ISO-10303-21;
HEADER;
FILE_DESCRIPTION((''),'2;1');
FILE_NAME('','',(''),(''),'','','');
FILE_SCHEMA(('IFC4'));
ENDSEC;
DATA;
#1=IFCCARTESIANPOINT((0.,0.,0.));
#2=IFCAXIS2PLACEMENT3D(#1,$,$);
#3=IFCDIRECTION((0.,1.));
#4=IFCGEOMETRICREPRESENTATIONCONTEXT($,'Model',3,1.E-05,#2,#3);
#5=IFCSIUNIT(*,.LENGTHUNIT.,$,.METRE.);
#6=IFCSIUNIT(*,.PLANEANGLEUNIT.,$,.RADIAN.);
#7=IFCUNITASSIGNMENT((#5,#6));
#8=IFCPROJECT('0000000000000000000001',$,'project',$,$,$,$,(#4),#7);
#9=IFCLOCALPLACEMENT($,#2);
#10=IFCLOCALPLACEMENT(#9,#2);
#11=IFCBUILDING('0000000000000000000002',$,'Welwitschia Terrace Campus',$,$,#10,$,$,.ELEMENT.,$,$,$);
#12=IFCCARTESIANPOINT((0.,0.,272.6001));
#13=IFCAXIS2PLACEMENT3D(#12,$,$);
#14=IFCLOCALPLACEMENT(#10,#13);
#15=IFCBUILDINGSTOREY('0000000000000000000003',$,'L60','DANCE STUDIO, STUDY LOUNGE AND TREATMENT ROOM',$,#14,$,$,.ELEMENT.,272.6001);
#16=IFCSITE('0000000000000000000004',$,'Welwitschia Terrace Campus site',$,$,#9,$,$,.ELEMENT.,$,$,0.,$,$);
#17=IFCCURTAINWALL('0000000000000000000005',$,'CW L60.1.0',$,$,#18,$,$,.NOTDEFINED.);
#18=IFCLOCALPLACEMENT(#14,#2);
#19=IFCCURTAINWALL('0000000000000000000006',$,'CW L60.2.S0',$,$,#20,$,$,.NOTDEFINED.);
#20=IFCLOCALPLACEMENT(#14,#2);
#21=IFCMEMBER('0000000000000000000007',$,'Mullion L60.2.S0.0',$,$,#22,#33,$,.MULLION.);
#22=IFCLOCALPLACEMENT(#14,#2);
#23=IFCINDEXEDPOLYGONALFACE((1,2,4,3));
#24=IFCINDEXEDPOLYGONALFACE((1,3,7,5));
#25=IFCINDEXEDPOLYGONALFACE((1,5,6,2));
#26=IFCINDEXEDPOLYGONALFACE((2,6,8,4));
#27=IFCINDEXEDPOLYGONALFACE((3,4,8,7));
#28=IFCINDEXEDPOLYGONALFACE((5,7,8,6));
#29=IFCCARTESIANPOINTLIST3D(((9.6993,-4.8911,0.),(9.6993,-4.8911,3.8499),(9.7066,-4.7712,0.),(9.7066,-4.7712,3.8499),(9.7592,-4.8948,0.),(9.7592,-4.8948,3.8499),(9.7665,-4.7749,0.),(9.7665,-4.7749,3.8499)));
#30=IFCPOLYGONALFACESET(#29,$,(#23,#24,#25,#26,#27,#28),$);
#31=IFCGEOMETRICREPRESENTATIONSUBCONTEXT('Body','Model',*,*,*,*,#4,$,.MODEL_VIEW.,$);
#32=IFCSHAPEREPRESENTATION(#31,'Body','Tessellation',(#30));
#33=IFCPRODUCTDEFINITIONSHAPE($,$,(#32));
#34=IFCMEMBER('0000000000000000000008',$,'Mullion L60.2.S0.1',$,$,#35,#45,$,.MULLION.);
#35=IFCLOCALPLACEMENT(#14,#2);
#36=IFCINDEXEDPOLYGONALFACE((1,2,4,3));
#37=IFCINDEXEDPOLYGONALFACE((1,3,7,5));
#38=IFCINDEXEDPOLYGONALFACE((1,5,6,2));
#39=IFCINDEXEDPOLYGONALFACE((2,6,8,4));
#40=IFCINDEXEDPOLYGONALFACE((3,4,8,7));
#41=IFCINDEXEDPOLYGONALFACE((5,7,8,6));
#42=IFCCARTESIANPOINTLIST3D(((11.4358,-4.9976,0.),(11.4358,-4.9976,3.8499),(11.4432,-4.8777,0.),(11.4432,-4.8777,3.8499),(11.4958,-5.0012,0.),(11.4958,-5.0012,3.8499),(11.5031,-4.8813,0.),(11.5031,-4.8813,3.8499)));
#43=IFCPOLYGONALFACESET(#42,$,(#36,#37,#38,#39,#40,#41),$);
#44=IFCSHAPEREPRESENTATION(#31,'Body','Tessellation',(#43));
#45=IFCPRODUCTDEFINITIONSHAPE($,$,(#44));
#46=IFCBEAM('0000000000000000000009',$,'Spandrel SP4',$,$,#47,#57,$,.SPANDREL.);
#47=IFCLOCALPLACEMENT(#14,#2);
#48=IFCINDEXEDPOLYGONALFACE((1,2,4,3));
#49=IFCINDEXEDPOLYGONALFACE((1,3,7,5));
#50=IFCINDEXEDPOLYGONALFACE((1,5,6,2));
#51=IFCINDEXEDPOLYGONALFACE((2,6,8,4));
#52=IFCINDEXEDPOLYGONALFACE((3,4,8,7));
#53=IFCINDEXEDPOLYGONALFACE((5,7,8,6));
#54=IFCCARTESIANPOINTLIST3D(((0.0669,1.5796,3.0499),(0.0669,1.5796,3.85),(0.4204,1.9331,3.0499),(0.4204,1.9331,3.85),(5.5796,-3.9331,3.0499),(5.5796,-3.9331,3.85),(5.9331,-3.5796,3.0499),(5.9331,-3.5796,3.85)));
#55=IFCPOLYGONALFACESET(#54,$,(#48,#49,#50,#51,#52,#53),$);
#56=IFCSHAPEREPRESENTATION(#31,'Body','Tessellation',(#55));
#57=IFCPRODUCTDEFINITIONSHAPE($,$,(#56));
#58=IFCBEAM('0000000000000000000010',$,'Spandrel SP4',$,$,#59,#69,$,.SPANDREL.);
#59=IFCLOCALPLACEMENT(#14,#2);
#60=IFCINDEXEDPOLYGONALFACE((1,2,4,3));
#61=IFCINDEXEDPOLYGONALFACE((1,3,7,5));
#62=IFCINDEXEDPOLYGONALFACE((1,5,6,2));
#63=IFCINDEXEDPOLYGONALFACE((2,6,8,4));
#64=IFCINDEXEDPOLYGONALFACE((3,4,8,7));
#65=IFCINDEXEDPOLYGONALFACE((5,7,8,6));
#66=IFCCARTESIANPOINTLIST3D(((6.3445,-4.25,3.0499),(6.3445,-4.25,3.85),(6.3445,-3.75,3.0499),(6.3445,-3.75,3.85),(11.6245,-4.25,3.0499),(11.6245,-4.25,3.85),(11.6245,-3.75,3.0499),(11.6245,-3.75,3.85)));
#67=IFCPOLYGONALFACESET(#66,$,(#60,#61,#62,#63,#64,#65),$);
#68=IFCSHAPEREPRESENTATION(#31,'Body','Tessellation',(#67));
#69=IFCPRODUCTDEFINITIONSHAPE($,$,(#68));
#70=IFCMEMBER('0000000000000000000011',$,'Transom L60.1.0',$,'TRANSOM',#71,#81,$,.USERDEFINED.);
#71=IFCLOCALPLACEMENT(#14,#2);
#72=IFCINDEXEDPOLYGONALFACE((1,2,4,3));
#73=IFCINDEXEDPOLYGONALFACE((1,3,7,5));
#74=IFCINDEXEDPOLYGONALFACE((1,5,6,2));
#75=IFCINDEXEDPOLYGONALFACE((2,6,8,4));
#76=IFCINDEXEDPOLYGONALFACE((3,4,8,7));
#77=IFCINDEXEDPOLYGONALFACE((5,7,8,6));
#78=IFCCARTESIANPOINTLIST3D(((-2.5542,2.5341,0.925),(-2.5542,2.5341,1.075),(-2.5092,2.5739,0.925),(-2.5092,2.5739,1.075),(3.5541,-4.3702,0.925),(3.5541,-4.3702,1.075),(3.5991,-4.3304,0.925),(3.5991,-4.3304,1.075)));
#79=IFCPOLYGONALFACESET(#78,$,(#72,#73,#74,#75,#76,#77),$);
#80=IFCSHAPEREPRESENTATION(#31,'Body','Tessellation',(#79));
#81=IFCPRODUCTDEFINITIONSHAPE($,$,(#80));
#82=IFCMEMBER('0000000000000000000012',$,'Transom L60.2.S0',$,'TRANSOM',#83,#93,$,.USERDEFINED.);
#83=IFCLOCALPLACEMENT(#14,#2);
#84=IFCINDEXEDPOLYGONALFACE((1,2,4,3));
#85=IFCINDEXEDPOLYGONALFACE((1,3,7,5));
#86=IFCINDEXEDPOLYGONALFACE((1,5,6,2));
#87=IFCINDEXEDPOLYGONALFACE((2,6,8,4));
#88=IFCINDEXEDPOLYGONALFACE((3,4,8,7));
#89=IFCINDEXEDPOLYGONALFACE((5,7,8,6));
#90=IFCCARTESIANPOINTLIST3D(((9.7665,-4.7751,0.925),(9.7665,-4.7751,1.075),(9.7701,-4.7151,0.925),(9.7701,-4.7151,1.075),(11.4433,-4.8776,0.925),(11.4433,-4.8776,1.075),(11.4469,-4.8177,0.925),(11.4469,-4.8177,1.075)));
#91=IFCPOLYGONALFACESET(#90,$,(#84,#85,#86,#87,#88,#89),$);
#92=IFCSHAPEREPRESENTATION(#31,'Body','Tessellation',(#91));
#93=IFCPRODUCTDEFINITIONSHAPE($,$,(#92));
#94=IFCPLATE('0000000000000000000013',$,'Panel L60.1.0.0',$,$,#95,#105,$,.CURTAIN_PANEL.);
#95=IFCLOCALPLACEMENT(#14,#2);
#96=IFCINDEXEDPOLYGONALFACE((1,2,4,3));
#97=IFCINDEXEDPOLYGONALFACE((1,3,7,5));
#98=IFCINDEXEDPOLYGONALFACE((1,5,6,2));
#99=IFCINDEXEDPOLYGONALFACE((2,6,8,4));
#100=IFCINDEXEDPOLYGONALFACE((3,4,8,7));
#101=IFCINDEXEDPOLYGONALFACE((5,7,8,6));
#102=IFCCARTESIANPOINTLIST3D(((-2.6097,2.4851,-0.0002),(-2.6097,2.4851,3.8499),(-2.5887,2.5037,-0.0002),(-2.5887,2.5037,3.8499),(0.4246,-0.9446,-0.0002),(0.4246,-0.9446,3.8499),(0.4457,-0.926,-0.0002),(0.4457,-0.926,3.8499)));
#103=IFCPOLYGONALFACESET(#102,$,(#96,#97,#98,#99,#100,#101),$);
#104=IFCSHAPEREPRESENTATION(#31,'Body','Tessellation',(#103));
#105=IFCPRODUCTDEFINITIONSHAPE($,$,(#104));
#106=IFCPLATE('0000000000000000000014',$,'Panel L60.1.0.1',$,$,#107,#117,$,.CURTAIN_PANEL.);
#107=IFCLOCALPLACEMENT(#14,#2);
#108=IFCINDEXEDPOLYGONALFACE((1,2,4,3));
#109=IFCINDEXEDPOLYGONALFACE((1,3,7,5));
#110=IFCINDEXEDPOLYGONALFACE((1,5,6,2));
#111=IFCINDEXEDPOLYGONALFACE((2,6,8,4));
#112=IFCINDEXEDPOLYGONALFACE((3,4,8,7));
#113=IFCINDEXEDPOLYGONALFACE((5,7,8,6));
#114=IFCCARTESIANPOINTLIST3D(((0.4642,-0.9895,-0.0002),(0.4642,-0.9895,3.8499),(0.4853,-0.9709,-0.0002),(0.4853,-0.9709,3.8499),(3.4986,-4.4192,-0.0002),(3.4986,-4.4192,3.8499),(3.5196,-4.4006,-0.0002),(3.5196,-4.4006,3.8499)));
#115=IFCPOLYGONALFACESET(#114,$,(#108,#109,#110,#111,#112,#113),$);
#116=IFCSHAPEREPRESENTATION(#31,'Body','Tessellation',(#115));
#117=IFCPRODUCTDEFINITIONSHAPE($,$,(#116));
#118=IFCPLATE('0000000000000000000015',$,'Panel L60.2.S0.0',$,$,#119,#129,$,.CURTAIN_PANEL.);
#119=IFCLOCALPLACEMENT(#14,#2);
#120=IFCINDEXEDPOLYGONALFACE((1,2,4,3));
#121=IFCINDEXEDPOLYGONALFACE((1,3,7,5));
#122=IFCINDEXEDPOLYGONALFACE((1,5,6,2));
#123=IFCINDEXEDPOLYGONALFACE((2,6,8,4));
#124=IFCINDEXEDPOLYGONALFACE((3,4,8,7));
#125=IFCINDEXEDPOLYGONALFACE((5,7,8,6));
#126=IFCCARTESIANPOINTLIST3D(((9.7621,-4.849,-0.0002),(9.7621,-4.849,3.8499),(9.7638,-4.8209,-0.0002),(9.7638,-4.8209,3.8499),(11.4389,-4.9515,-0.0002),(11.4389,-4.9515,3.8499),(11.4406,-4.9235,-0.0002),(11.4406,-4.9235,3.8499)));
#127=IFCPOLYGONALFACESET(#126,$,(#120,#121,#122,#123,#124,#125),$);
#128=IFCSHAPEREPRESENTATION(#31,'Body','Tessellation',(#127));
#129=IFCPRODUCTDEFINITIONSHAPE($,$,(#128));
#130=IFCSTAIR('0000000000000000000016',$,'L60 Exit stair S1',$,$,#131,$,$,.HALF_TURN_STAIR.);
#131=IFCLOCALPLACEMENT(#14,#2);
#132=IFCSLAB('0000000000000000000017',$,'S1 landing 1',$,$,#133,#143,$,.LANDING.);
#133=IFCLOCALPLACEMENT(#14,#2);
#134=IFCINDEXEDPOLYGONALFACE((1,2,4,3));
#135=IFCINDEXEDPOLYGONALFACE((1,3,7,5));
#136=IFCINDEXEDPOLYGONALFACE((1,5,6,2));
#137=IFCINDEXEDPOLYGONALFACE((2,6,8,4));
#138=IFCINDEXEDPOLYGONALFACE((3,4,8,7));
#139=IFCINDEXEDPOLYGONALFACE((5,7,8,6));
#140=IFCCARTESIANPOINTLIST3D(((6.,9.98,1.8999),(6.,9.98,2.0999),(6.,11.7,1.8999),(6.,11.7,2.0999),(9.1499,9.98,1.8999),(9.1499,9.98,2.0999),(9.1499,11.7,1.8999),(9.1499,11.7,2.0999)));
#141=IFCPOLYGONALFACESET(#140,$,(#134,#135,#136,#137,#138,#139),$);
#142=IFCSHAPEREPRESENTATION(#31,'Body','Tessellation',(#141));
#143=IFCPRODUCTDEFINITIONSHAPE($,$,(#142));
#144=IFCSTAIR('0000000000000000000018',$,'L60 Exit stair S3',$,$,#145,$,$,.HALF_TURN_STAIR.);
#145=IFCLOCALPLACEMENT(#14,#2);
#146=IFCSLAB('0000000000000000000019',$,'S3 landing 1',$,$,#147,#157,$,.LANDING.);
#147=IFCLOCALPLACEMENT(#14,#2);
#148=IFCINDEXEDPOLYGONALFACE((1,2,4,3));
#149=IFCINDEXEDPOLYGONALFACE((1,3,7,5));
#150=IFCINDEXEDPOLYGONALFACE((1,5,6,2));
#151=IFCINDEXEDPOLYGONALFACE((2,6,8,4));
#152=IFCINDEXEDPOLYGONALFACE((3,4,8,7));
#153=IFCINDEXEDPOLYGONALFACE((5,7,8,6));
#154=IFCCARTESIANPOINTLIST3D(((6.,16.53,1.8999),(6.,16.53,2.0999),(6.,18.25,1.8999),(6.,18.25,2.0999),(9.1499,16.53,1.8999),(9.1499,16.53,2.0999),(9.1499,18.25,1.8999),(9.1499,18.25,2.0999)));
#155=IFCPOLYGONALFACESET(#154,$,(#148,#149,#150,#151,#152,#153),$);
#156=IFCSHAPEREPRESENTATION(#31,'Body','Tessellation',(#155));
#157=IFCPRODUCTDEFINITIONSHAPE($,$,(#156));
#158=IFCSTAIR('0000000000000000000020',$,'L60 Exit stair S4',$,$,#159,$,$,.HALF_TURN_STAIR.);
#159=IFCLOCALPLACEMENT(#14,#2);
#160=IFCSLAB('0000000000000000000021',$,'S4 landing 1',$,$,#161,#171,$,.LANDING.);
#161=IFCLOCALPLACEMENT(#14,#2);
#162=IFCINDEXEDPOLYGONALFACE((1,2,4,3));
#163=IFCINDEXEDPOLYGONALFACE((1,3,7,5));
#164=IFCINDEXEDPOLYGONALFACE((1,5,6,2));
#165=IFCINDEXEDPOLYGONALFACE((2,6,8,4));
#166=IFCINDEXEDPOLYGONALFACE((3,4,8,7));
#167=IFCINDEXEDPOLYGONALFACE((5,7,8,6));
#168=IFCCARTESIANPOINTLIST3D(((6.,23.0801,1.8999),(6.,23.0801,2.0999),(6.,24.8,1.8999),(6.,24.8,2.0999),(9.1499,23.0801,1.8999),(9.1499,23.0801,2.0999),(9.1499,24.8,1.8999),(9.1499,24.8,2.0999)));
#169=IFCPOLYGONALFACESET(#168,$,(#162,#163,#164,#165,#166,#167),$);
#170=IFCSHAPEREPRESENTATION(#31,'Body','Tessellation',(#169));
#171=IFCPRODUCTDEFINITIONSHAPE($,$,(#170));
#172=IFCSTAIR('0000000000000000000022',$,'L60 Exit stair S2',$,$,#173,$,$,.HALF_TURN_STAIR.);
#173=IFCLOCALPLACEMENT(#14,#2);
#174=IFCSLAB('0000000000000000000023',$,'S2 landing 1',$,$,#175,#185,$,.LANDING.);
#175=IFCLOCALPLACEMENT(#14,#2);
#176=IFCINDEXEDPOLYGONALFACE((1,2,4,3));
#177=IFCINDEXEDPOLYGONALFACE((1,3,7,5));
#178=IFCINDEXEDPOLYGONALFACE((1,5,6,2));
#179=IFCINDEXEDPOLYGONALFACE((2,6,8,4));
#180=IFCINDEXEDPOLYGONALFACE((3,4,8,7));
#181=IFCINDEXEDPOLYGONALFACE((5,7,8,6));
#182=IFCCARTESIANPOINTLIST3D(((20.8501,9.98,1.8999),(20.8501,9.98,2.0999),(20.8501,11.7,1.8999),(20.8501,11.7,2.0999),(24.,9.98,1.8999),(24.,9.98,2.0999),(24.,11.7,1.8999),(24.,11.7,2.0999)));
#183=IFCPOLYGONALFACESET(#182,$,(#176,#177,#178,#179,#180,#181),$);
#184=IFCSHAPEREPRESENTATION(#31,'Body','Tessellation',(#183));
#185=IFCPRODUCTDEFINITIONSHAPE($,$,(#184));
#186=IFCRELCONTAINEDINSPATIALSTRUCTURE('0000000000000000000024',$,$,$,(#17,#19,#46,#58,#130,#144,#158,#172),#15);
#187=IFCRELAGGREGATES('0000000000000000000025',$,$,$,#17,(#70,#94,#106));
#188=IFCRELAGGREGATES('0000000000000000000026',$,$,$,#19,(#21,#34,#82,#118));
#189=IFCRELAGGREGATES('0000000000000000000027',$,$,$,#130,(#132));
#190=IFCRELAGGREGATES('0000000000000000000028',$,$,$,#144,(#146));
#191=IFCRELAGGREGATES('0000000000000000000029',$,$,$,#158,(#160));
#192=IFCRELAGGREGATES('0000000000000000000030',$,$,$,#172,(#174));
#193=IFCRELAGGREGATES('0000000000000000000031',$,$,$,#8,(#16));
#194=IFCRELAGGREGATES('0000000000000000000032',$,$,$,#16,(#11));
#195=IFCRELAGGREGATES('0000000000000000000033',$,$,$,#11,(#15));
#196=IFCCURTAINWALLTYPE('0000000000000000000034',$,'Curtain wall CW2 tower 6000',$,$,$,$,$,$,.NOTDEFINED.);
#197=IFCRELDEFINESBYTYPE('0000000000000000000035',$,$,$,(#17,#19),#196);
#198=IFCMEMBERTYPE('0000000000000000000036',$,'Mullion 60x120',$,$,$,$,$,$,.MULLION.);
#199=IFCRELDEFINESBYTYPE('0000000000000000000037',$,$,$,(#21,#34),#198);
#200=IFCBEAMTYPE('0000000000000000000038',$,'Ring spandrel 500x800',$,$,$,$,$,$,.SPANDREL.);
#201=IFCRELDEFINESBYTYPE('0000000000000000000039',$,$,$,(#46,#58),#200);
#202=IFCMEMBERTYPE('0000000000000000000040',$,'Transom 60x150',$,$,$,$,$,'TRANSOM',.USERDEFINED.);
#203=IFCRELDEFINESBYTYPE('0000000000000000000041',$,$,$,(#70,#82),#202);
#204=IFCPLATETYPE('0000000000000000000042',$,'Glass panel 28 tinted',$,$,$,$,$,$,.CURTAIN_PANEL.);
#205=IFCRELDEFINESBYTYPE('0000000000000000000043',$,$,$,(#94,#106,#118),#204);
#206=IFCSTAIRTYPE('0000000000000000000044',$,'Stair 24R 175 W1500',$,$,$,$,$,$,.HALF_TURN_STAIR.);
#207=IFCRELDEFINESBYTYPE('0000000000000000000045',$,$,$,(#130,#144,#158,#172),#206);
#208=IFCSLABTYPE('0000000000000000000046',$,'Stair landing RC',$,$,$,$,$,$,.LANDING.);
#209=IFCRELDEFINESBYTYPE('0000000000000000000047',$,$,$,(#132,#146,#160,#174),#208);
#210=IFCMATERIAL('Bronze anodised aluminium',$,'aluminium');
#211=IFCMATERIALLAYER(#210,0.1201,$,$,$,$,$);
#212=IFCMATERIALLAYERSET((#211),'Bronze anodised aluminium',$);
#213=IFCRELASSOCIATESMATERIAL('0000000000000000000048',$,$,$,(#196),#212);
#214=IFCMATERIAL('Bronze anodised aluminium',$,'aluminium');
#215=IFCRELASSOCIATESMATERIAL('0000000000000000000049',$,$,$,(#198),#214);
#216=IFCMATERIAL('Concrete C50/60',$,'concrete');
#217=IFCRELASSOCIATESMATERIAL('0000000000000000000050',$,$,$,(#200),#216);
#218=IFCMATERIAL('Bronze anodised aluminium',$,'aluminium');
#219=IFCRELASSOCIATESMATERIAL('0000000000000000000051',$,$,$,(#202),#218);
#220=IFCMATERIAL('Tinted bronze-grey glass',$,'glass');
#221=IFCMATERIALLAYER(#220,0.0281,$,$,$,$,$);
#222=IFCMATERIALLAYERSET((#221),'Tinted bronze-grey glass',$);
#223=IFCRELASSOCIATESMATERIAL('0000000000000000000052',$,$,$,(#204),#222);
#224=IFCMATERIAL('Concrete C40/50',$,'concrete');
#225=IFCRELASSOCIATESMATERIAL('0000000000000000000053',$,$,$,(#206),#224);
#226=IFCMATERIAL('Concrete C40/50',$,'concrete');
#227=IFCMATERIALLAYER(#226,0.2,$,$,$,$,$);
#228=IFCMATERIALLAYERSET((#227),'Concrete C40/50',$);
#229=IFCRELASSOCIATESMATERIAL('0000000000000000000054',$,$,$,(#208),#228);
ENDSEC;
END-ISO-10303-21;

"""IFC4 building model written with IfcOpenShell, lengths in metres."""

from ifc_helpers import new_model, si_unit, direction, frame, origin, origin_2d, place, context, subcontext, project, spatial, polyline, rectangle, outline, extrude, material, layer, layer_set, material_profile, profile_set, type_object, element, aggregate, save


model = new_model("IFC4")

# Units and contexts
model_context = context("Model", 3, precision=1e-05, world=origin(), true_north=direction((0.0, 1.0)))
body_context = subcontext(model_context, "Body", "Model", "MODEL_VIEW")
ifc_project = project(units=[si_unit("LENGTHUNIT", "METRE"), si_unit("PLANEANGLEUNIT", "RADIAN")], contexts=[model_context])

# Site, building, storey
site_placement = place(None, origin())
site = spatial("IfcSite", under=ifc_project, at=site_placement, Name="Welwitschia Terrace Campus site", CompositionType="ELEMENT", RefElevation=0.0)
building_placement = place(site_placement, origin())
building = spatial("IfcBuilding", under=site, at=building_placement, Name="Welwitschia Terrace Campus", CompositionType="ELEMENT")
storey_placement = place(building_placement, frame((0.0, 0.0, 272.6001)))
storey = spatial("IfcBuildingStorey", under=building, at=storey_placement, Name="L60", Description="DANCE STUDIO, STUDY LOUNGE AND TREATMENT ROOM", CompositionType="ELEMENT", Elevation=272.6001)

# Shared definitions
ifc_material_1 = material(Name="Bronze anodised aluminium", Category="aluminium")
ifc_layer_1 = layer(ifc_material_1, 0.1201)
ifc_layer_set_1 = layer_set([ifc_layer_1], Name="Bronze anodised aluminium")
curtain_wall_type = type_object("IfcCurtainWallType", Name="Curtain wall CW2 tower 6000", PredefinedType="NOTDEFINED", material=ifc_layer_set_1)
ifc_material_2 = material(Name="Bronze anodised aluminium", Category="aluminium")
ifc_material_profile_1 = material_profile(ifc_material_2, rectangle(XDim=0.1201, YDim=0.0601, at=origin_2d()))
ifc_profile_set_1 = profile_set([ifc_material_profile_1], Name="Bronze anodised aluminium")
member_type_1 = type_object("IfcMemberType", Name="Mullion 60x120", PredefinedType="MULLION", material=ifc_profile_set_1)

# Curtain walls, members
curtain_wall_1_placement = place(storey_placement, origin())
curtain_wall_1 = element("IfcCurtainWall", 1, at=curtain_wall_1_placement, inside=storey, type_object=curtain_wall_type, Name="CW L60.1.0", PredefinedType="NOTDEFINED")
curtain_wall_2_placement = place(storey_placement, origin())
curtain_wall_2 = element("IfcCurtainWall", 2, at=curtain_wall_2_placement, inside=storey, type_object=curtain_wall_type, Name="CW L60.2.S0", PredefinedType="NOTDEFINED")
member_1_placement = place(storey_placement, frame((9.7329, -4.833, 0.0), z_axis=(0.0, 0.0, 1.0), x_axis=(0.061049, 0.998135, 0.0)))
member_1 = element("IfcMember", 3, at=member_1_placement, type_object=member_type_1, Name="Mullion L60.2.S0.0", PredefinedType="MULLION", context=body_context, shape_type="SweptSolid", body=[
    extrude(rectangle(XDim=0.1201, YDim=0.0601, at=origin_2d()), origin(), (0.0, 0.0, 1.0), 3.8499),
])
member_2_placement = place(storey_placement, frame((11.4695, -4.9395, 0.0), z_axis=(0.0, 0.0, 1.0), x_axis=(0.061049, 0.998135, 0.0)))
member_2 = element("IfcMember", 4, at=member_2_placement, type_object=member_type_1, Name="Mullion L60.2.S0.1", PredefinedType="MULLION", context=body_context, shape_type="SweptSolid", body=[
    extrude(rectangle(XDim=0.1201, YDim=0.0601, at=origin_2d()), origin(), (0.0, 0.0, 1.0), 3.8499),
])

# Beams
ifc_material_3 = material(Name="Concrete C50/60", Category="concrete")
ifc_material_profile_2 = material_profile(ifc_material_3, rectangle(XDim=0.5, YDim=0.8, at=origin_2d()))
ifc_profile_set_2 = profile_set([ifc_material_profile_2], Name="Concrete C50/60")
beam_type_1 = type_object("IfcBeamType", Name="Ring spandrel 500x800", PredefinedType="SPANDREL", material=ifc_profile_set_2)
beam_1_placement = place(storey_placement, frame((0.2437, 1.7563, 3.45), z_axis=(0.707107, -0.707107, 0.0), x_axis=(0.707107, 0.707107, 0.0)))
element("IfcBeam", 5, at=beam_1_placement, inside=storey, type_object=beam_type_1, Name="Spandrel SP4", PredefinedType="SPANDREL", context=body_context, shape_type="SweptSolid", body=[
    extrude(rectangle(XDim=0.5, YDim=0.8, at=origin_2d()), origin(), (0.0, 0.0, 1.0), 7.7961),
])
beam_2_placement = place(storey_placement, frame((6.3445, -4.0, 3.45), z_axis=(1.0, 0.0, 0.0), x_axis=(0.0, 1.0, 0.0)))
element("IfcBeam", 6, at=beam_2_placement, inside=storey, type_object=beam_type_1, Name="Spandrel SP4", PredefinedType="SPANDREL", context=body_context, shape_type="SweptSolid", body=[
    extrude(rectangle(XDim=0.5, YDim=0.8, at=origin_2d()), origin(), (0.0, 0.0, 1.0), 5.28),
])

# Members
ifc_material_4 = material(Name="Bronze anodised aluminium", Category="aluminium")
ifc_material_profile_3 = material_profile(ifc_material_4, rectangle(XDim=0.0601, YDim=0.1499, at=origin_2d()))
ifc_profile_set_3 = profile_set([ifc_material_profile_3], Name="Bronze anodised aluminium")
member_type_2 = type_object("IfcMemberType", Name="Transom 60x150", ElementType="TRANSOM", PredefinedType="USERDEFINED", material=ifc_profile_set_3)
member_3_placement = place(storey_placement, frame((-2.5317, 2.554, 1.0), z_axis=(0.66262, -0.748956, 0.0), x_axis=(0.748956, 0.66262, 0.0)))
member_3 = element("IfcMember", 7, at=member_3_placement, type_object=member_type_2, Name="Transom L60.1.0", ObjectType="TRANSOM", PredefinedType="USERDEFINED", context=body_context, shape_type="SweptSolid", body=[
    extrude(rectangle(XDim=0.0601, YDim=0.1499, at=origin_2d()), origin(), (0.0, 0.0, 1.0), 9.2185),
])
member_4_placement = place(storey_placement, frame((9.7683, -4.7451, 1.0), z_axis=(0.998135, -0.061039, 0.0), x_axis=(0.061039, 0.998135, 0.0)))
member_4 = element("IfcMember", 8, at=member_4_placement, type_object=member_type_2, Name="Transom L60.2.S0", ObjectType="TRANSOM", PredefinedType="USERDEFINED", context=body_context, shape_type="SweptSolid", body=[
    extrude(rectangle(XDim=0.0601, YDim=0.1499, at=origin_2d()), origin(), (0.0, 0.0, 1.0), 1.6799),
])

# Plates
ifc_material_5 = material(Name="Tinted bronze-grey glass", Category="glass")
ifc_layer_2 = layer(ifc_material_5, 0.0281)
ifc_layer_set_2 = layer_set([ifc_layer_2], Name="Tinted bronze-grey glass")
plate_type = type_object("IfcPlateType", Name="Glass panel 28 tinted", PredefinedType="CURTAIN_PANEL", material=ifc_layer_set_2)
plate_1_placement = place(storey_placement, frame((-1.082, 0.7795, -0.0002), z_axis=(0.0, 0.0, 1.0), x_axis=(0.66262, -0.748956, 0.0)))
plate_1 = element("IfcPlate", 9, at=plate_1_placement, type_object=plate_type, Name="Panel L60.1.0.0", PredefinedType="CURTAIN_PANEL", context=body_context, shape_type="SweptSolid", body=[
    extrude(rectangle(XDim=4.5793, YDim=0.0281, at=origin_2d()), origin(), (0.0, 0.0, 1.0), 3.8501),
])
plate_2_placement = place(storey_placement, frame((1.9919, -2.6951, -0.0002), z_axis=(0.0, 0.0, 1.0), x_axis=(0.66262, -0.748956, 0.0)))
plate_2 = element("IfcPlate", 10, at=plate_2_placement, type_object=plate_type, Name="Panel L60.1.0.1", PredefinedType="CURTAIN_PANEL", context=body_context, shape_type="SweptSolid", body=[
    extrude(rectangle(XDim=4.5793, YDim=0.0281, at=origin_2d()), origin(), (0.0, 0.0, 1.0), 3.8501),
])
aggregate(curtain_wall_1, [member_3, plate_1, plate_2])
plate_3_placement = place(storey_placement, frame((10.6013, -4.8862, -0.0002), z_axis=(0.0, 0.0, 1.0), x_axis=(0.998135, -0.061049, 0.0)))
plate_3 = element("IfcPlate", 11, at=plate_3_placement, type_object=plate_type, Name="Panel L60.2.S0.0", PredefinedType="CURTAIN_PANEL", context=body_context, shape_type="SweptSolid", body=[
    extrude(rectangle(XDim=1.6799, YDim=0.0281, at=origin_2d()), origin(), (0.0, 0.0, 1.0), 3.8501),
])
aggregate(curtain_wall_2, [member_1, member_2, member_4, plate_3])

# Stairs, slabs
ifc_material_6 = material(Name="Concrete C40/50", Category="concrete")
stair_type = type_object("IfcStairType", Name="Stair 24R 175 W1500", PredefinedType="HALF_TURN_STAIR", material=ifc_material_6)
stair_1_placement = place(storey_placement, origin())
stair_1 = element("IfcStair", 12, at=stair_1_placement, inside=storey, type_object=stair_type, Name="L60 Exit stair S1", PredefinedType="HALF_TURN_STAIR")
ifc_material_7 = material(Name="Concrete C40/50", Category="concrete")
ifc_layer_3 = layer(ifc_material_7, 0.2)
ifc_layer_set_3 = layer_set([ifc_layer_3], Name="Concrete C40/50")
slab_type_1 = type_object("IfcSlabType", Name="Stair landing RC", PredefinedType="LANDING", material=ifc_layer_set_3)
slab_1_placement = place(storey_placement, frame((0.0, 0.0, 1.8999)))
slab_1 = element("IfcSlab", 13, at=slab_1_placement, type_object=slab_type_1, Name="S1 landing 1", PredefinedType="LANDING", context=body_context, shape_type="SweptSolid", body=[
    extrude(outline(polyline([(9.1499, 9.98), (9.1499, 11.7), (6.0, 11.7), (6.0, 9.98), (9.1499, 9.98)])), origin(), (0.0, 0.0, 1.0), 0.2),
])
aggregate(stair_1, [slab_1])
stair_2_placement = place(storey_placement, origin())
stair_2 = element("IfcStair", 14, at=stair_2_placement, inside=storey, type_object=stair_type, Name="L60 Exit stair S3", PredefinedType="HALF_TURN_STAIR")
slab_2_placement = place(storey_placement, frame((0.0, 0.0, 1.8999)))
slab_2 = element("IfcSlab", 15, at=slab_2_placement, type_object=slab_type_1, Name="S3 landing 1", PredefinedType="LANDING", context=body_context, shape_type="SweptSolid", body=[
    extrude(outline(polyline([(9.1499, 16.53), (9.1499, 18.25), (6.0, 18.25), (6.0, 16.53), (9.1499, 16.53)])), origin(), (0.0, 0.0, 1.0), 0.2),
])
aggregate(stair_2, [slab_2])
stair_3_placement = place(storey_placement, origin())
stair_3 = element("IfcStair", 16, at=stair_3_placement, inside=storey, type_object=stair_type, Name="L60 Exit stair S4", PredefinedType="HALF_TURN_STAIR")
slab_3_placement = place(storey_placement, frame((0.0, 0.0, 1.8999)))
slab_3 = element("IfcSlab", 17, at=slab_3_placement, type_object=slab_type_1, Name="S4 landing 1", PredefinedType="LANDING", context=body_context, shape_type="SweptSolid", body=[
    extrude(outline(polyline([(9.1499, 23.0801), (9.1499, 24.8), (6.0, 24.8), (6.0, 23.0801), (9.1499, 23.0801)])), origin(), (0.0, 0.0, 1.0), 0.2),
])
aggregate(stair_3, [slab_3])
stair_4_placement = place(storey_placement, origin())
stair_4 = element("IfcStair", 18, at=stair_4_placement, inside=storey, type_object=stair_type, Name="L60 Exit stair S2", PredefinedType="HALF_TURN_STAIR")
slab_4_placement = place(storey_placement, frame((0.0, 0.0, 1.8999)))
slab_4 = element("IfcSlab", 19, at=slab_4_placement, type_object=slab_type_1, Name="S2 landing 1", PredefinedType="LANDING", context=body_context, shape_type="SweptSolid", body=[
    extrude(outline(polyline([(24.0, 9.98), (24.0, 11.7), (20.8501, 11.7), (20.8501, 9.98), (24.0, 9.98)])), origin(), (0.0, 0.0, 1.0), 0.2),
])
aggregate(stair_4, [slab_4])

save(model, "model.ifc")
